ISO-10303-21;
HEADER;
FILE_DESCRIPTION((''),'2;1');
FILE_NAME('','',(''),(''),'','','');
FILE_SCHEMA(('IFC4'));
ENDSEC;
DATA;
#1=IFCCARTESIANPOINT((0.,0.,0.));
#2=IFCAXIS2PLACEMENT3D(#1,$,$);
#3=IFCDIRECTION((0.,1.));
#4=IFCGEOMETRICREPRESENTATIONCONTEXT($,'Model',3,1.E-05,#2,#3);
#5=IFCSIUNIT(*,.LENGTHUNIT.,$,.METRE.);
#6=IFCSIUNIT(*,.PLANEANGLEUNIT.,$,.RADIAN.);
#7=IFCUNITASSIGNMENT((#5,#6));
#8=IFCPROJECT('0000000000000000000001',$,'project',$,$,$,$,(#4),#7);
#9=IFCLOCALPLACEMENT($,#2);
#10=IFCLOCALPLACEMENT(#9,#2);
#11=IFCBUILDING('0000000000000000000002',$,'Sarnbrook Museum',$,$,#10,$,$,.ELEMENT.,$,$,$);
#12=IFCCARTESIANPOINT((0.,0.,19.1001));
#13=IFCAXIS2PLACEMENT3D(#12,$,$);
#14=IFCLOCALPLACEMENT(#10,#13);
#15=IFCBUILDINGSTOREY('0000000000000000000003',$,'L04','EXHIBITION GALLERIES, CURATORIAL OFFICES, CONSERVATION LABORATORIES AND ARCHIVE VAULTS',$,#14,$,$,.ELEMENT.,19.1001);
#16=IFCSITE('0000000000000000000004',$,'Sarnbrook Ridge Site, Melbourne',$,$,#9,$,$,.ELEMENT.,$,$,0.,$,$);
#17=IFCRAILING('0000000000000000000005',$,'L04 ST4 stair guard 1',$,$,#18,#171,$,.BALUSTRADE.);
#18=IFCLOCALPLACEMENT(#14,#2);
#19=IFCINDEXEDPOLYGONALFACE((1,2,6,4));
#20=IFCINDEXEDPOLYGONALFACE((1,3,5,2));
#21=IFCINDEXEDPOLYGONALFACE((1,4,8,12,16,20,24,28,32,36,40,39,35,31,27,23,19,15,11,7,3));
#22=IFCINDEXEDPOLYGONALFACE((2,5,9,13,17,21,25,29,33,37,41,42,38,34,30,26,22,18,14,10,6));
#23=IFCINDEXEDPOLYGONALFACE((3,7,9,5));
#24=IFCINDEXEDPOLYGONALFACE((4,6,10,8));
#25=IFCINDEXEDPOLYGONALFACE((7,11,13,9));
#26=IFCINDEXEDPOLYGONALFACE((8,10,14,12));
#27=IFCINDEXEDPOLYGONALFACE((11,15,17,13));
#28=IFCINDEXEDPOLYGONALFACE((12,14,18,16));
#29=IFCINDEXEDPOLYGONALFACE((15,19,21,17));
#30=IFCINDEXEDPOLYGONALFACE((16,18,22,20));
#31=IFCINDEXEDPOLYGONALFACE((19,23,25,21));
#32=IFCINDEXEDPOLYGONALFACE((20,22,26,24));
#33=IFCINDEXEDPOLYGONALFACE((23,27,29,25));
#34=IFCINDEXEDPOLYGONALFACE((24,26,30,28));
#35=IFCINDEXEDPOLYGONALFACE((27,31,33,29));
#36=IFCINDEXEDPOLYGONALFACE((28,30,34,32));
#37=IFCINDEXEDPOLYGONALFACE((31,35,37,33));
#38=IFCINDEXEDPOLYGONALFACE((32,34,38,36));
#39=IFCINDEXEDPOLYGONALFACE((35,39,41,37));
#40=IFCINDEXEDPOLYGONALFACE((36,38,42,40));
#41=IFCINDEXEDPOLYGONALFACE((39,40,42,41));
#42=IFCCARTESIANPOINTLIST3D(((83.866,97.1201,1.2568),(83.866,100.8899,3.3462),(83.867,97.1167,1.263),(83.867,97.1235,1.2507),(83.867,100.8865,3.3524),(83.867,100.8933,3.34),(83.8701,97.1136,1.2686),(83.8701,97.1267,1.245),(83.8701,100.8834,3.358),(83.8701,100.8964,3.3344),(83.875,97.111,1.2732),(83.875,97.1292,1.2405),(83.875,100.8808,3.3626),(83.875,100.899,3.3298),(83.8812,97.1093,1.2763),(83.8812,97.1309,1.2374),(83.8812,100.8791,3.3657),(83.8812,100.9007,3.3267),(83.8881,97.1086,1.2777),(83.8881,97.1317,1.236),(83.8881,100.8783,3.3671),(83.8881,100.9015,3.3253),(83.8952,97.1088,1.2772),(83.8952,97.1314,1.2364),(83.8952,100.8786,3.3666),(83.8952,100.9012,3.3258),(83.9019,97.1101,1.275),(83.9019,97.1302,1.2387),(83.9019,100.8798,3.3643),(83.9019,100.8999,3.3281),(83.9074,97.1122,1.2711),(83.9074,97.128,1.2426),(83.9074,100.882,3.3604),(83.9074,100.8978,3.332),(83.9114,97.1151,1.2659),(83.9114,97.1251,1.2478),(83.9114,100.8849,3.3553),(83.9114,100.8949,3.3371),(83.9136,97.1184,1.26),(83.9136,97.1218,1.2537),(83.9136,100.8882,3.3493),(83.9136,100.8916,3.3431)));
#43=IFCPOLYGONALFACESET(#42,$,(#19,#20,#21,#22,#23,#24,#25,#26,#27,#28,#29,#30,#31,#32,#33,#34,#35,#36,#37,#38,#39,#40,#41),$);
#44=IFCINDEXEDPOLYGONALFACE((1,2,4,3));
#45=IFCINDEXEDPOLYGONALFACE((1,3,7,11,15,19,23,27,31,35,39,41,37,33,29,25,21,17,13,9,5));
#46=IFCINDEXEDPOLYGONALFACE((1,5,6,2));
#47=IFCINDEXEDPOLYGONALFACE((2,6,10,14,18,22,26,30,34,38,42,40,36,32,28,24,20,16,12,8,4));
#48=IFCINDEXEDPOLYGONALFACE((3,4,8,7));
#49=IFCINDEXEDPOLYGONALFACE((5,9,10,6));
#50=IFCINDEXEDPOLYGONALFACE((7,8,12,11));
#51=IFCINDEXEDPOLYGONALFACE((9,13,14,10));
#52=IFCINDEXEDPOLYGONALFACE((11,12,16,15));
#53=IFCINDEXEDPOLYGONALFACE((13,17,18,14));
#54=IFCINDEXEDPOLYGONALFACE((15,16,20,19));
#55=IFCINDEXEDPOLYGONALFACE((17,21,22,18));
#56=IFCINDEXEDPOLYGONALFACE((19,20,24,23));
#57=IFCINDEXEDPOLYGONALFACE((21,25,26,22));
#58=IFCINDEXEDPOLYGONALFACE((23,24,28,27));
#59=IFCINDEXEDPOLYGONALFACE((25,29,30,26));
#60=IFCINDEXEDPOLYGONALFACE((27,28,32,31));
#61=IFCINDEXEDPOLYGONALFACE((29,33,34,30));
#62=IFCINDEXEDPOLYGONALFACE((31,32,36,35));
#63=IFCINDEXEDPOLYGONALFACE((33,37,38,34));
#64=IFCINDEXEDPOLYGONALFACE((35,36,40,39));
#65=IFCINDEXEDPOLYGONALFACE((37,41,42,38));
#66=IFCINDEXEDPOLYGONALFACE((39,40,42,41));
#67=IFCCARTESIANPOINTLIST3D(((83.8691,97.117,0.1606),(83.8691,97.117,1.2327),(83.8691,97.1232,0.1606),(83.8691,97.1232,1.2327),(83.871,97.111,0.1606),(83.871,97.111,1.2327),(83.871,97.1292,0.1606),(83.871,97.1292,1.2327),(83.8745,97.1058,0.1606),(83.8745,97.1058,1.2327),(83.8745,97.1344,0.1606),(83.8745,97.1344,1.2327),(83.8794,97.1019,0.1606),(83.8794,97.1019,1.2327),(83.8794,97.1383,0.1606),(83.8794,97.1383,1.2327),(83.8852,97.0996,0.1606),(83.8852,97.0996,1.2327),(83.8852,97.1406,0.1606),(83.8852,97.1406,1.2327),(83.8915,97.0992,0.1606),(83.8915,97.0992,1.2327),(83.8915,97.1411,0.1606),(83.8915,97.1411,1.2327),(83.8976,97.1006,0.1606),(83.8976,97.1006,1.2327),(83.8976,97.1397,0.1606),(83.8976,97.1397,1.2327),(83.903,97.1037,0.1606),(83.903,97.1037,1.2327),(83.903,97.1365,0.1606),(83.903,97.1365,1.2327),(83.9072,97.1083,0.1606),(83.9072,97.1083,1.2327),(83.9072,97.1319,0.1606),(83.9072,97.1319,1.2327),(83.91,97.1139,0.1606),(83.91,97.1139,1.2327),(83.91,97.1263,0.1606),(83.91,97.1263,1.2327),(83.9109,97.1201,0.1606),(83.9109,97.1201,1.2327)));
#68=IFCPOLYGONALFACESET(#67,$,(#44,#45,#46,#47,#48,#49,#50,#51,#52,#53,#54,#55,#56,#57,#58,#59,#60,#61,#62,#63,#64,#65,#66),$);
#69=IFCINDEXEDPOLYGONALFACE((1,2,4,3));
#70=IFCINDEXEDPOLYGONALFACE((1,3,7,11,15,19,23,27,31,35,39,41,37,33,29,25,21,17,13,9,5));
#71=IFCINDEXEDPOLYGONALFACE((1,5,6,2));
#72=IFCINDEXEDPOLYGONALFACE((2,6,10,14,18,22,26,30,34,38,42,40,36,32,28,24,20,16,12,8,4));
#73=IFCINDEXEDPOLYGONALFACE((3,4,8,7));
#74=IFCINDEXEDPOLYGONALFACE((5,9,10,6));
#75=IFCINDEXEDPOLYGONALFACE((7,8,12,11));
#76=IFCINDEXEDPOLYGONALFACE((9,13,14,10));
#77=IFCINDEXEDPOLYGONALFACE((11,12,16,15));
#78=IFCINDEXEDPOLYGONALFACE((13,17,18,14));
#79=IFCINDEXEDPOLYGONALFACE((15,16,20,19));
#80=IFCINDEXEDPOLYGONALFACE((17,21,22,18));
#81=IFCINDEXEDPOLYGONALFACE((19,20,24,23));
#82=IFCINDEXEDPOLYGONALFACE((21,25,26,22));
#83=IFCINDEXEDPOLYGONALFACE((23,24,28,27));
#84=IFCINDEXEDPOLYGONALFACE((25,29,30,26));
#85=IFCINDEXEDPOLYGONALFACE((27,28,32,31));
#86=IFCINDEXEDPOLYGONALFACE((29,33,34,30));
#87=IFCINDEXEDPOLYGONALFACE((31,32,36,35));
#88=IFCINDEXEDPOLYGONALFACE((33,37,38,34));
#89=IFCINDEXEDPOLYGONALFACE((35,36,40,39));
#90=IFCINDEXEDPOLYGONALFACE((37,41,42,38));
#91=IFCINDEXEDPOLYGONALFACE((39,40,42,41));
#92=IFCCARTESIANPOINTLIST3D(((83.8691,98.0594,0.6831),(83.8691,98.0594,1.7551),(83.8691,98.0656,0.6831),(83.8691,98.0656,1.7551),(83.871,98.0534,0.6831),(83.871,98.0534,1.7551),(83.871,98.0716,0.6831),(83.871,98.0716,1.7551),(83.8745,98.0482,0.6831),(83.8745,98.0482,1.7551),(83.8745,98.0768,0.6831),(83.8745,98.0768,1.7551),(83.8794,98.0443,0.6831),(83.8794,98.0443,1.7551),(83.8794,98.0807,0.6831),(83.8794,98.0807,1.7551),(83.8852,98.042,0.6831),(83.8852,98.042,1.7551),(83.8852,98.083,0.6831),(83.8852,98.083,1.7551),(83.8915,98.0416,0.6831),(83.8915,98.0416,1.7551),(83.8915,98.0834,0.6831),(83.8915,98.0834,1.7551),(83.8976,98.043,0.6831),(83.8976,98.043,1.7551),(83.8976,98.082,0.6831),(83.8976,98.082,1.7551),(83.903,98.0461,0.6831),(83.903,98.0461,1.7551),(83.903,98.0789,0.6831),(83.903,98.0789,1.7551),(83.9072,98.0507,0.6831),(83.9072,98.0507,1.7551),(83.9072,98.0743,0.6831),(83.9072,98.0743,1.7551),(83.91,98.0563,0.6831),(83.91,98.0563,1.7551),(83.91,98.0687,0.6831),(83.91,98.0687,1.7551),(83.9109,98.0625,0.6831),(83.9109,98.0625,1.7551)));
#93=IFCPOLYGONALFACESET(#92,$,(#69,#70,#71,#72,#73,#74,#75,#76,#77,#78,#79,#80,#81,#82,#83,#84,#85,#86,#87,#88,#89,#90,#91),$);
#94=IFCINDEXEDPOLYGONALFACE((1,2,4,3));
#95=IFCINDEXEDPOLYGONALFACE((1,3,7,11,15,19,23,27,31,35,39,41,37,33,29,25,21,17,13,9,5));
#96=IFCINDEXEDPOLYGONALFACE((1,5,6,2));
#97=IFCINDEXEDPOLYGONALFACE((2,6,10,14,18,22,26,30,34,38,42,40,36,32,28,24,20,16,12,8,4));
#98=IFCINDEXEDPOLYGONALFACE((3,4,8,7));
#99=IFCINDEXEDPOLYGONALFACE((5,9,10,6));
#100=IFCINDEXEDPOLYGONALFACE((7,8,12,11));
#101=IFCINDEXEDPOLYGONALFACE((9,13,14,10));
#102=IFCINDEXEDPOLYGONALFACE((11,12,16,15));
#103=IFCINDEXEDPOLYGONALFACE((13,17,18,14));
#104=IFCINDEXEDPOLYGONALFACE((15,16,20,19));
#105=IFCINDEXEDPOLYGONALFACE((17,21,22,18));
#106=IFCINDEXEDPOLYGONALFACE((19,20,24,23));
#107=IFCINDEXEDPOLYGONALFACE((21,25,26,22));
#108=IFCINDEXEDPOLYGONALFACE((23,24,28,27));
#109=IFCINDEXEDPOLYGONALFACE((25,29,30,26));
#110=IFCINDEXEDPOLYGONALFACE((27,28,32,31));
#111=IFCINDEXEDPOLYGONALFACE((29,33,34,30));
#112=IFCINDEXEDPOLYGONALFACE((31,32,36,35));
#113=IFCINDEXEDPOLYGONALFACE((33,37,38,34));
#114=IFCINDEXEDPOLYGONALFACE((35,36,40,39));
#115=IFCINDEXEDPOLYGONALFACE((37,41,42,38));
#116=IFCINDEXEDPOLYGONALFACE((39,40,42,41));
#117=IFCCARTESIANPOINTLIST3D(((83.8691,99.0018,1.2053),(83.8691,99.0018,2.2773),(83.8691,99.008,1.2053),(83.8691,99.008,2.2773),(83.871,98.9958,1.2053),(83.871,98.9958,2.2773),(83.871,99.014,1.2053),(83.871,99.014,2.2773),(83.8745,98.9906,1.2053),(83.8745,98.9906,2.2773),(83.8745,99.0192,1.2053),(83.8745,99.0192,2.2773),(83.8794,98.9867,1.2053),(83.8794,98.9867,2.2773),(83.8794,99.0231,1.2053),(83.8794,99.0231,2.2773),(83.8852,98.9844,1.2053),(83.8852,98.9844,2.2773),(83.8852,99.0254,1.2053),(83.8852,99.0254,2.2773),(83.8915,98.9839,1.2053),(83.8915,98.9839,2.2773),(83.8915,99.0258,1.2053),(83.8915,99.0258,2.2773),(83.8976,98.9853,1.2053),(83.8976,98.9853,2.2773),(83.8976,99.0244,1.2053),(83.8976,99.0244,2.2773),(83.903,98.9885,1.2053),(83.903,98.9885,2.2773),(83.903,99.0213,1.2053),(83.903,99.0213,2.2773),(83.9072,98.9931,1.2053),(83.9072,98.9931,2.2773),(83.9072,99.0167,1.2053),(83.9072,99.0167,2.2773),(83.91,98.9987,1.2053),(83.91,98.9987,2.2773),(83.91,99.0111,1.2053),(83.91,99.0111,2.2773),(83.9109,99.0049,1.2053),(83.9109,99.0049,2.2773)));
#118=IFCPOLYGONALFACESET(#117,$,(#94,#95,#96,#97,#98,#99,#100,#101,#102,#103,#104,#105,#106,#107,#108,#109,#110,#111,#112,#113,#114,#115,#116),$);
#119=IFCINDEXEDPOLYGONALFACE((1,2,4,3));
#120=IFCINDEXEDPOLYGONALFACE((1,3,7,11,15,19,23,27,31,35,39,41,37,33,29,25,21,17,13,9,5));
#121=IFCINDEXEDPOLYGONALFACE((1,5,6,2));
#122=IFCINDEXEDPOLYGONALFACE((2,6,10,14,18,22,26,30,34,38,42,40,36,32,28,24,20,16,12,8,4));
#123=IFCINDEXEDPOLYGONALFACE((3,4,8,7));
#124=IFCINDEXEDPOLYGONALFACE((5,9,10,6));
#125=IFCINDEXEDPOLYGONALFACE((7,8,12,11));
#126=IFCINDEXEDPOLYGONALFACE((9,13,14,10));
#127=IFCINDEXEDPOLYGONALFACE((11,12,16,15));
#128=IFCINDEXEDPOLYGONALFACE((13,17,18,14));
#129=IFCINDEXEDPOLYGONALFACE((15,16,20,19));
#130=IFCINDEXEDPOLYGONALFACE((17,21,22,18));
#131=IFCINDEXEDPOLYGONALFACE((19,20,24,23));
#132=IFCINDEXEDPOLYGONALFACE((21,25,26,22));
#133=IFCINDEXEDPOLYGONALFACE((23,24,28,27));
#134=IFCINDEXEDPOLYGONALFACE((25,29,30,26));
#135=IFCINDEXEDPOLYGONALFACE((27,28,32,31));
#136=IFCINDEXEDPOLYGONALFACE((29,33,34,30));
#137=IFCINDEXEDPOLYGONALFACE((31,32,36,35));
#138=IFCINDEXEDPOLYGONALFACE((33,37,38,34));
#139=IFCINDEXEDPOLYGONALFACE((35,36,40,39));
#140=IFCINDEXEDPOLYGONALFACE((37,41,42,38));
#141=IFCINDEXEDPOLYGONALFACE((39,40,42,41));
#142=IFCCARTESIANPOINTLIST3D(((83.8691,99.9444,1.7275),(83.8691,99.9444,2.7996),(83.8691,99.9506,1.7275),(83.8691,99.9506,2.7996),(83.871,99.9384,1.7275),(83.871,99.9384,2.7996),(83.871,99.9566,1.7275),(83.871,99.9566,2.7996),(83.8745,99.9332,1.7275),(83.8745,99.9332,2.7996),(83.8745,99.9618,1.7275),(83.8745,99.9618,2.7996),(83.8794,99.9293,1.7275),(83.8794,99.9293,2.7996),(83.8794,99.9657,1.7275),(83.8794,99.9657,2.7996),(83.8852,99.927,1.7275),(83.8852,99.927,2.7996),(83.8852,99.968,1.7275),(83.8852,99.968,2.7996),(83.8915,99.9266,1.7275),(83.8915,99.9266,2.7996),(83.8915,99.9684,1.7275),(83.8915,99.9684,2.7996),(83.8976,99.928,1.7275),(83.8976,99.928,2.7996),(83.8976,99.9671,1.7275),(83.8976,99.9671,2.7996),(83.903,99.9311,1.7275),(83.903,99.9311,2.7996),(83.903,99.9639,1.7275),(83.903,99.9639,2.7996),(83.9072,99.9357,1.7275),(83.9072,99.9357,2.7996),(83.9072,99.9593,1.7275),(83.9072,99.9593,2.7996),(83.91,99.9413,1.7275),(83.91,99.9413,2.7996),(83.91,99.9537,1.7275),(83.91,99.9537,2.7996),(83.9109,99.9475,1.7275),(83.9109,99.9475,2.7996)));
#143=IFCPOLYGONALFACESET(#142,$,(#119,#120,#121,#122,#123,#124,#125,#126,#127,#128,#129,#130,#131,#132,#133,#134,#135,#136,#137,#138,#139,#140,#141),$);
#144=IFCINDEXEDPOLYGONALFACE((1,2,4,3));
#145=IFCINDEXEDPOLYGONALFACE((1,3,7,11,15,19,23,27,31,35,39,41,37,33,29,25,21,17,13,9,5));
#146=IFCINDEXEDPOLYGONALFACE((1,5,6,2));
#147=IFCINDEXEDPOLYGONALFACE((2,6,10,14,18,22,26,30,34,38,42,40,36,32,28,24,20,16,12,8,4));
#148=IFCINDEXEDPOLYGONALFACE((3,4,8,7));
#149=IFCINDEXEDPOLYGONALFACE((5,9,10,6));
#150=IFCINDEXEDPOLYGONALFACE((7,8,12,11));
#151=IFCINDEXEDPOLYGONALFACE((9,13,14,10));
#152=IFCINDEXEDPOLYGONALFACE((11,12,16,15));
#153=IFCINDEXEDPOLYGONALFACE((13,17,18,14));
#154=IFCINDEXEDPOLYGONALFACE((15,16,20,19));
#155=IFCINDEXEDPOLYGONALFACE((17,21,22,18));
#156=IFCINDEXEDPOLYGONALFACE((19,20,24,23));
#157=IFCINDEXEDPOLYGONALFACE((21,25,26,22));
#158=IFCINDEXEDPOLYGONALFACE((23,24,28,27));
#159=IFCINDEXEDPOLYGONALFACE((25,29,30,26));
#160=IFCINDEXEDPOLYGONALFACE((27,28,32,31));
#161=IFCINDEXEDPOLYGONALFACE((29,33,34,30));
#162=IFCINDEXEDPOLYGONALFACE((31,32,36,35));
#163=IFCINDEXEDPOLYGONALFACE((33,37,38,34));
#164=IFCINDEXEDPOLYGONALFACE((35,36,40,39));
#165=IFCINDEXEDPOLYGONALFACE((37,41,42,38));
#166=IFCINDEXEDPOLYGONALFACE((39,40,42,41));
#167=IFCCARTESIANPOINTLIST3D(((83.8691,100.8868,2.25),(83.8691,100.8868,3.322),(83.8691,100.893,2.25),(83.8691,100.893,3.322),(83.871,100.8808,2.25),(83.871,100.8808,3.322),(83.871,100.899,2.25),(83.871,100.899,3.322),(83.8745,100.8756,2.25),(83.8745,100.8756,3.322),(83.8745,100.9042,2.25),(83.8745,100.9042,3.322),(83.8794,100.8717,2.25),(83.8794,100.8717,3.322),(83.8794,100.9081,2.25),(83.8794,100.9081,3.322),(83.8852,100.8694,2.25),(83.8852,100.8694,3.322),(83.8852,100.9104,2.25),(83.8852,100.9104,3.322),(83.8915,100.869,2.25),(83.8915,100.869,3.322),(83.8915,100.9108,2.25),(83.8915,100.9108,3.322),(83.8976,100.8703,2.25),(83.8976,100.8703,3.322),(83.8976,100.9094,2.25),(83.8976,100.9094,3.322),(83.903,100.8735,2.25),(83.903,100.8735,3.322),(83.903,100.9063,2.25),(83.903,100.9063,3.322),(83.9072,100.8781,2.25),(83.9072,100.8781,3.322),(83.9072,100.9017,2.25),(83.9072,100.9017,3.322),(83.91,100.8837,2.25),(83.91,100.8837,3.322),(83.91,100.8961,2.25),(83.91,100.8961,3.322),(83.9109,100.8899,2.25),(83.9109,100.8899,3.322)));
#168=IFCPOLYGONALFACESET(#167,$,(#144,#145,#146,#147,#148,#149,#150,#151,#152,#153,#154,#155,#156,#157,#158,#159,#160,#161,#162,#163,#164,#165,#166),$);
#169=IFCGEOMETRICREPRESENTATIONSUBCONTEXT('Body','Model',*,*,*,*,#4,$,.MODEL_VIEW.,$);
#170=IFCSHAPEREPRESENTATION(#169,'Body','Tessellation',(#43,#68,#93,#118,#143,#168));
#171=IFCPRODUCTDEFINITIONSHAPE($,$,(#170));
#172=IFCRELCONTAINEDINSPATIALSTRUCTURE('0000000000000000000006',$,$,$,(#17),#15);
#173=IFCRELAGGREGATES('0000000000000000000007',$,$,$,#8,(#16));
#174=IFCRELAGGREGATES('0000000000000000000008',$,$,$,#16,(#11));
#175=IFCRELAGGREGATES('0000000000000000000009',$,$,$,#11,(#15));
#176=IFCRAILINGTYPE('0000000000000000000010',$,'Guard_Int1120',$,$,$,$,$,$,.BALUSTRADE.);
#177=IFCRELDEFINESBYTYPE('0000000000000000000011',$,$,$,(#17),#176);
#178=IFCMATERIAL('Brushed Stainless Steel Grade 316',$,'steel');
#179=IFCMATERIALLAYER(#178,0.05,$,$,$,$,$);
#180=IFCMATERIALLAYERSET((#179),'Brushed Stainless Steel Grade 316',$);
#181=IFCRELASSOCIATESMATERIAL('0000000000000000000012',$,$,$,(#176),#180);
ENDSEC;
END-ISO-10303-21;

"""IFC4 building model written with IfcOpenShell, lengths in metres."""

from ifc_helpers import new_model, si_unit, direction, frame, origin, origin_2d, place, context, subcontext, project, spatial, circle, extrude, material, layer, layer_set, type_object, element, save


model = new_model("IFC4")

# Units and contexts
model_context = context("Model", 3, precision=1e-05, world=origin(), true_north=direction((0.0, 1.0)))
body_context = subcontext(model_context, "Body", "Model", "MODEL_VIEW")
ifc_project = project(units=[si_unit("LENGTHUNIT", "METRE"), si_unit("PLANEANGLEUNIT", "RADIAN")], contexts=[model_context])

# Site, building, storey
site_placement = place(None, origin())
site = spatial("IfcSite", under=ifc_project, at=site_placement, Name="Sarnbrook Ridge Site, Melbourne", CompositionType="ELEMENT", RefElevation=0.0)
building_placement = place(site_placement, origin())
building = spatial("IfcBuilding", under=site, at=building_placement, Name="Sarnbrook Museum", CompositionType="ELEMENT")
storey_placement = place(building_placement, frame((0.0, 0.0, 19.1001)))
storey = spatial("IfcBuildingStorey", under=building, at=storey_placement, Name="L04", Description="EXHIBITION GALLERIES, CURATORIAL OFFICES, CONSERVATION LABORATORIES AND ARCHIVE VAULTS", CompositionType="ELEMENT", Elevation=19.1001)

# Shared definitions
ifc_material_1 = material(Name="Brushed Stainless Steel Grade 316", Category="steel")

# Railing
ifc_layer_1 = layer(ifc_material_1, 0.05)
ifc_layer_set_1 = layer_set([ifc_layer_1], Name="Brushed Stainless Steel Grade 316")
railing_type_1 = type_object("IfcRailingType", Name="Guard_Int1120", PredefinedType="BALUSTRADE", material=ifc_layer_set_1)
railing_1_placement = place(storey_placement, frame((83.8899, 97.1201, 0.1606)))
element("IfcRailing", 1, at=railing_1_placement, inside=storey, type_object=railing_type_1, Name="L04 ST4 stair guard 1", PredefinedType="BALUSTRADE", context=body_context, shape_type="SweptSolid", body=[
    extrude(circle(Radius=0.0239, at=origin_2d()), frame((0.0, 0.0, 1.0962), z_axis=(0.0, 0.874646, 0.484763), x_axis=(-1.0, 0.0, 0.0)), (0.0, 0.0, 1.0), 4.3101),
    extrude(circle(Radius=0.021, at=origin_2d()), origin(), (0.0, 0.0, 1.0), 1.072),
    extrude(circle(Radius=0.021, at=origin_2d()), frame((0.0, 0.9424, 0.5225)), (0.0, 0.0, 1.0), 1.072),
    extrude(circle(Radius=0.021, at=origin_2d()), frame((0.0, 1.8848, 1.0447)), (0.0, 0.0, 1.0), 1.072),
    extrude(circle(Radius=0.021, at=origin_2d()), frame((0.0, 2.8274, 1.5669)), (0.0, 0.0, 1.0), 1.072),
    extrude(circle(Radius=0.021, at=origin_2d()), frame((0.0, 3.7698, 2.0894)), (0.0, 0.0, 1.0), 1.072),
])

save(model, "model.ifc")
